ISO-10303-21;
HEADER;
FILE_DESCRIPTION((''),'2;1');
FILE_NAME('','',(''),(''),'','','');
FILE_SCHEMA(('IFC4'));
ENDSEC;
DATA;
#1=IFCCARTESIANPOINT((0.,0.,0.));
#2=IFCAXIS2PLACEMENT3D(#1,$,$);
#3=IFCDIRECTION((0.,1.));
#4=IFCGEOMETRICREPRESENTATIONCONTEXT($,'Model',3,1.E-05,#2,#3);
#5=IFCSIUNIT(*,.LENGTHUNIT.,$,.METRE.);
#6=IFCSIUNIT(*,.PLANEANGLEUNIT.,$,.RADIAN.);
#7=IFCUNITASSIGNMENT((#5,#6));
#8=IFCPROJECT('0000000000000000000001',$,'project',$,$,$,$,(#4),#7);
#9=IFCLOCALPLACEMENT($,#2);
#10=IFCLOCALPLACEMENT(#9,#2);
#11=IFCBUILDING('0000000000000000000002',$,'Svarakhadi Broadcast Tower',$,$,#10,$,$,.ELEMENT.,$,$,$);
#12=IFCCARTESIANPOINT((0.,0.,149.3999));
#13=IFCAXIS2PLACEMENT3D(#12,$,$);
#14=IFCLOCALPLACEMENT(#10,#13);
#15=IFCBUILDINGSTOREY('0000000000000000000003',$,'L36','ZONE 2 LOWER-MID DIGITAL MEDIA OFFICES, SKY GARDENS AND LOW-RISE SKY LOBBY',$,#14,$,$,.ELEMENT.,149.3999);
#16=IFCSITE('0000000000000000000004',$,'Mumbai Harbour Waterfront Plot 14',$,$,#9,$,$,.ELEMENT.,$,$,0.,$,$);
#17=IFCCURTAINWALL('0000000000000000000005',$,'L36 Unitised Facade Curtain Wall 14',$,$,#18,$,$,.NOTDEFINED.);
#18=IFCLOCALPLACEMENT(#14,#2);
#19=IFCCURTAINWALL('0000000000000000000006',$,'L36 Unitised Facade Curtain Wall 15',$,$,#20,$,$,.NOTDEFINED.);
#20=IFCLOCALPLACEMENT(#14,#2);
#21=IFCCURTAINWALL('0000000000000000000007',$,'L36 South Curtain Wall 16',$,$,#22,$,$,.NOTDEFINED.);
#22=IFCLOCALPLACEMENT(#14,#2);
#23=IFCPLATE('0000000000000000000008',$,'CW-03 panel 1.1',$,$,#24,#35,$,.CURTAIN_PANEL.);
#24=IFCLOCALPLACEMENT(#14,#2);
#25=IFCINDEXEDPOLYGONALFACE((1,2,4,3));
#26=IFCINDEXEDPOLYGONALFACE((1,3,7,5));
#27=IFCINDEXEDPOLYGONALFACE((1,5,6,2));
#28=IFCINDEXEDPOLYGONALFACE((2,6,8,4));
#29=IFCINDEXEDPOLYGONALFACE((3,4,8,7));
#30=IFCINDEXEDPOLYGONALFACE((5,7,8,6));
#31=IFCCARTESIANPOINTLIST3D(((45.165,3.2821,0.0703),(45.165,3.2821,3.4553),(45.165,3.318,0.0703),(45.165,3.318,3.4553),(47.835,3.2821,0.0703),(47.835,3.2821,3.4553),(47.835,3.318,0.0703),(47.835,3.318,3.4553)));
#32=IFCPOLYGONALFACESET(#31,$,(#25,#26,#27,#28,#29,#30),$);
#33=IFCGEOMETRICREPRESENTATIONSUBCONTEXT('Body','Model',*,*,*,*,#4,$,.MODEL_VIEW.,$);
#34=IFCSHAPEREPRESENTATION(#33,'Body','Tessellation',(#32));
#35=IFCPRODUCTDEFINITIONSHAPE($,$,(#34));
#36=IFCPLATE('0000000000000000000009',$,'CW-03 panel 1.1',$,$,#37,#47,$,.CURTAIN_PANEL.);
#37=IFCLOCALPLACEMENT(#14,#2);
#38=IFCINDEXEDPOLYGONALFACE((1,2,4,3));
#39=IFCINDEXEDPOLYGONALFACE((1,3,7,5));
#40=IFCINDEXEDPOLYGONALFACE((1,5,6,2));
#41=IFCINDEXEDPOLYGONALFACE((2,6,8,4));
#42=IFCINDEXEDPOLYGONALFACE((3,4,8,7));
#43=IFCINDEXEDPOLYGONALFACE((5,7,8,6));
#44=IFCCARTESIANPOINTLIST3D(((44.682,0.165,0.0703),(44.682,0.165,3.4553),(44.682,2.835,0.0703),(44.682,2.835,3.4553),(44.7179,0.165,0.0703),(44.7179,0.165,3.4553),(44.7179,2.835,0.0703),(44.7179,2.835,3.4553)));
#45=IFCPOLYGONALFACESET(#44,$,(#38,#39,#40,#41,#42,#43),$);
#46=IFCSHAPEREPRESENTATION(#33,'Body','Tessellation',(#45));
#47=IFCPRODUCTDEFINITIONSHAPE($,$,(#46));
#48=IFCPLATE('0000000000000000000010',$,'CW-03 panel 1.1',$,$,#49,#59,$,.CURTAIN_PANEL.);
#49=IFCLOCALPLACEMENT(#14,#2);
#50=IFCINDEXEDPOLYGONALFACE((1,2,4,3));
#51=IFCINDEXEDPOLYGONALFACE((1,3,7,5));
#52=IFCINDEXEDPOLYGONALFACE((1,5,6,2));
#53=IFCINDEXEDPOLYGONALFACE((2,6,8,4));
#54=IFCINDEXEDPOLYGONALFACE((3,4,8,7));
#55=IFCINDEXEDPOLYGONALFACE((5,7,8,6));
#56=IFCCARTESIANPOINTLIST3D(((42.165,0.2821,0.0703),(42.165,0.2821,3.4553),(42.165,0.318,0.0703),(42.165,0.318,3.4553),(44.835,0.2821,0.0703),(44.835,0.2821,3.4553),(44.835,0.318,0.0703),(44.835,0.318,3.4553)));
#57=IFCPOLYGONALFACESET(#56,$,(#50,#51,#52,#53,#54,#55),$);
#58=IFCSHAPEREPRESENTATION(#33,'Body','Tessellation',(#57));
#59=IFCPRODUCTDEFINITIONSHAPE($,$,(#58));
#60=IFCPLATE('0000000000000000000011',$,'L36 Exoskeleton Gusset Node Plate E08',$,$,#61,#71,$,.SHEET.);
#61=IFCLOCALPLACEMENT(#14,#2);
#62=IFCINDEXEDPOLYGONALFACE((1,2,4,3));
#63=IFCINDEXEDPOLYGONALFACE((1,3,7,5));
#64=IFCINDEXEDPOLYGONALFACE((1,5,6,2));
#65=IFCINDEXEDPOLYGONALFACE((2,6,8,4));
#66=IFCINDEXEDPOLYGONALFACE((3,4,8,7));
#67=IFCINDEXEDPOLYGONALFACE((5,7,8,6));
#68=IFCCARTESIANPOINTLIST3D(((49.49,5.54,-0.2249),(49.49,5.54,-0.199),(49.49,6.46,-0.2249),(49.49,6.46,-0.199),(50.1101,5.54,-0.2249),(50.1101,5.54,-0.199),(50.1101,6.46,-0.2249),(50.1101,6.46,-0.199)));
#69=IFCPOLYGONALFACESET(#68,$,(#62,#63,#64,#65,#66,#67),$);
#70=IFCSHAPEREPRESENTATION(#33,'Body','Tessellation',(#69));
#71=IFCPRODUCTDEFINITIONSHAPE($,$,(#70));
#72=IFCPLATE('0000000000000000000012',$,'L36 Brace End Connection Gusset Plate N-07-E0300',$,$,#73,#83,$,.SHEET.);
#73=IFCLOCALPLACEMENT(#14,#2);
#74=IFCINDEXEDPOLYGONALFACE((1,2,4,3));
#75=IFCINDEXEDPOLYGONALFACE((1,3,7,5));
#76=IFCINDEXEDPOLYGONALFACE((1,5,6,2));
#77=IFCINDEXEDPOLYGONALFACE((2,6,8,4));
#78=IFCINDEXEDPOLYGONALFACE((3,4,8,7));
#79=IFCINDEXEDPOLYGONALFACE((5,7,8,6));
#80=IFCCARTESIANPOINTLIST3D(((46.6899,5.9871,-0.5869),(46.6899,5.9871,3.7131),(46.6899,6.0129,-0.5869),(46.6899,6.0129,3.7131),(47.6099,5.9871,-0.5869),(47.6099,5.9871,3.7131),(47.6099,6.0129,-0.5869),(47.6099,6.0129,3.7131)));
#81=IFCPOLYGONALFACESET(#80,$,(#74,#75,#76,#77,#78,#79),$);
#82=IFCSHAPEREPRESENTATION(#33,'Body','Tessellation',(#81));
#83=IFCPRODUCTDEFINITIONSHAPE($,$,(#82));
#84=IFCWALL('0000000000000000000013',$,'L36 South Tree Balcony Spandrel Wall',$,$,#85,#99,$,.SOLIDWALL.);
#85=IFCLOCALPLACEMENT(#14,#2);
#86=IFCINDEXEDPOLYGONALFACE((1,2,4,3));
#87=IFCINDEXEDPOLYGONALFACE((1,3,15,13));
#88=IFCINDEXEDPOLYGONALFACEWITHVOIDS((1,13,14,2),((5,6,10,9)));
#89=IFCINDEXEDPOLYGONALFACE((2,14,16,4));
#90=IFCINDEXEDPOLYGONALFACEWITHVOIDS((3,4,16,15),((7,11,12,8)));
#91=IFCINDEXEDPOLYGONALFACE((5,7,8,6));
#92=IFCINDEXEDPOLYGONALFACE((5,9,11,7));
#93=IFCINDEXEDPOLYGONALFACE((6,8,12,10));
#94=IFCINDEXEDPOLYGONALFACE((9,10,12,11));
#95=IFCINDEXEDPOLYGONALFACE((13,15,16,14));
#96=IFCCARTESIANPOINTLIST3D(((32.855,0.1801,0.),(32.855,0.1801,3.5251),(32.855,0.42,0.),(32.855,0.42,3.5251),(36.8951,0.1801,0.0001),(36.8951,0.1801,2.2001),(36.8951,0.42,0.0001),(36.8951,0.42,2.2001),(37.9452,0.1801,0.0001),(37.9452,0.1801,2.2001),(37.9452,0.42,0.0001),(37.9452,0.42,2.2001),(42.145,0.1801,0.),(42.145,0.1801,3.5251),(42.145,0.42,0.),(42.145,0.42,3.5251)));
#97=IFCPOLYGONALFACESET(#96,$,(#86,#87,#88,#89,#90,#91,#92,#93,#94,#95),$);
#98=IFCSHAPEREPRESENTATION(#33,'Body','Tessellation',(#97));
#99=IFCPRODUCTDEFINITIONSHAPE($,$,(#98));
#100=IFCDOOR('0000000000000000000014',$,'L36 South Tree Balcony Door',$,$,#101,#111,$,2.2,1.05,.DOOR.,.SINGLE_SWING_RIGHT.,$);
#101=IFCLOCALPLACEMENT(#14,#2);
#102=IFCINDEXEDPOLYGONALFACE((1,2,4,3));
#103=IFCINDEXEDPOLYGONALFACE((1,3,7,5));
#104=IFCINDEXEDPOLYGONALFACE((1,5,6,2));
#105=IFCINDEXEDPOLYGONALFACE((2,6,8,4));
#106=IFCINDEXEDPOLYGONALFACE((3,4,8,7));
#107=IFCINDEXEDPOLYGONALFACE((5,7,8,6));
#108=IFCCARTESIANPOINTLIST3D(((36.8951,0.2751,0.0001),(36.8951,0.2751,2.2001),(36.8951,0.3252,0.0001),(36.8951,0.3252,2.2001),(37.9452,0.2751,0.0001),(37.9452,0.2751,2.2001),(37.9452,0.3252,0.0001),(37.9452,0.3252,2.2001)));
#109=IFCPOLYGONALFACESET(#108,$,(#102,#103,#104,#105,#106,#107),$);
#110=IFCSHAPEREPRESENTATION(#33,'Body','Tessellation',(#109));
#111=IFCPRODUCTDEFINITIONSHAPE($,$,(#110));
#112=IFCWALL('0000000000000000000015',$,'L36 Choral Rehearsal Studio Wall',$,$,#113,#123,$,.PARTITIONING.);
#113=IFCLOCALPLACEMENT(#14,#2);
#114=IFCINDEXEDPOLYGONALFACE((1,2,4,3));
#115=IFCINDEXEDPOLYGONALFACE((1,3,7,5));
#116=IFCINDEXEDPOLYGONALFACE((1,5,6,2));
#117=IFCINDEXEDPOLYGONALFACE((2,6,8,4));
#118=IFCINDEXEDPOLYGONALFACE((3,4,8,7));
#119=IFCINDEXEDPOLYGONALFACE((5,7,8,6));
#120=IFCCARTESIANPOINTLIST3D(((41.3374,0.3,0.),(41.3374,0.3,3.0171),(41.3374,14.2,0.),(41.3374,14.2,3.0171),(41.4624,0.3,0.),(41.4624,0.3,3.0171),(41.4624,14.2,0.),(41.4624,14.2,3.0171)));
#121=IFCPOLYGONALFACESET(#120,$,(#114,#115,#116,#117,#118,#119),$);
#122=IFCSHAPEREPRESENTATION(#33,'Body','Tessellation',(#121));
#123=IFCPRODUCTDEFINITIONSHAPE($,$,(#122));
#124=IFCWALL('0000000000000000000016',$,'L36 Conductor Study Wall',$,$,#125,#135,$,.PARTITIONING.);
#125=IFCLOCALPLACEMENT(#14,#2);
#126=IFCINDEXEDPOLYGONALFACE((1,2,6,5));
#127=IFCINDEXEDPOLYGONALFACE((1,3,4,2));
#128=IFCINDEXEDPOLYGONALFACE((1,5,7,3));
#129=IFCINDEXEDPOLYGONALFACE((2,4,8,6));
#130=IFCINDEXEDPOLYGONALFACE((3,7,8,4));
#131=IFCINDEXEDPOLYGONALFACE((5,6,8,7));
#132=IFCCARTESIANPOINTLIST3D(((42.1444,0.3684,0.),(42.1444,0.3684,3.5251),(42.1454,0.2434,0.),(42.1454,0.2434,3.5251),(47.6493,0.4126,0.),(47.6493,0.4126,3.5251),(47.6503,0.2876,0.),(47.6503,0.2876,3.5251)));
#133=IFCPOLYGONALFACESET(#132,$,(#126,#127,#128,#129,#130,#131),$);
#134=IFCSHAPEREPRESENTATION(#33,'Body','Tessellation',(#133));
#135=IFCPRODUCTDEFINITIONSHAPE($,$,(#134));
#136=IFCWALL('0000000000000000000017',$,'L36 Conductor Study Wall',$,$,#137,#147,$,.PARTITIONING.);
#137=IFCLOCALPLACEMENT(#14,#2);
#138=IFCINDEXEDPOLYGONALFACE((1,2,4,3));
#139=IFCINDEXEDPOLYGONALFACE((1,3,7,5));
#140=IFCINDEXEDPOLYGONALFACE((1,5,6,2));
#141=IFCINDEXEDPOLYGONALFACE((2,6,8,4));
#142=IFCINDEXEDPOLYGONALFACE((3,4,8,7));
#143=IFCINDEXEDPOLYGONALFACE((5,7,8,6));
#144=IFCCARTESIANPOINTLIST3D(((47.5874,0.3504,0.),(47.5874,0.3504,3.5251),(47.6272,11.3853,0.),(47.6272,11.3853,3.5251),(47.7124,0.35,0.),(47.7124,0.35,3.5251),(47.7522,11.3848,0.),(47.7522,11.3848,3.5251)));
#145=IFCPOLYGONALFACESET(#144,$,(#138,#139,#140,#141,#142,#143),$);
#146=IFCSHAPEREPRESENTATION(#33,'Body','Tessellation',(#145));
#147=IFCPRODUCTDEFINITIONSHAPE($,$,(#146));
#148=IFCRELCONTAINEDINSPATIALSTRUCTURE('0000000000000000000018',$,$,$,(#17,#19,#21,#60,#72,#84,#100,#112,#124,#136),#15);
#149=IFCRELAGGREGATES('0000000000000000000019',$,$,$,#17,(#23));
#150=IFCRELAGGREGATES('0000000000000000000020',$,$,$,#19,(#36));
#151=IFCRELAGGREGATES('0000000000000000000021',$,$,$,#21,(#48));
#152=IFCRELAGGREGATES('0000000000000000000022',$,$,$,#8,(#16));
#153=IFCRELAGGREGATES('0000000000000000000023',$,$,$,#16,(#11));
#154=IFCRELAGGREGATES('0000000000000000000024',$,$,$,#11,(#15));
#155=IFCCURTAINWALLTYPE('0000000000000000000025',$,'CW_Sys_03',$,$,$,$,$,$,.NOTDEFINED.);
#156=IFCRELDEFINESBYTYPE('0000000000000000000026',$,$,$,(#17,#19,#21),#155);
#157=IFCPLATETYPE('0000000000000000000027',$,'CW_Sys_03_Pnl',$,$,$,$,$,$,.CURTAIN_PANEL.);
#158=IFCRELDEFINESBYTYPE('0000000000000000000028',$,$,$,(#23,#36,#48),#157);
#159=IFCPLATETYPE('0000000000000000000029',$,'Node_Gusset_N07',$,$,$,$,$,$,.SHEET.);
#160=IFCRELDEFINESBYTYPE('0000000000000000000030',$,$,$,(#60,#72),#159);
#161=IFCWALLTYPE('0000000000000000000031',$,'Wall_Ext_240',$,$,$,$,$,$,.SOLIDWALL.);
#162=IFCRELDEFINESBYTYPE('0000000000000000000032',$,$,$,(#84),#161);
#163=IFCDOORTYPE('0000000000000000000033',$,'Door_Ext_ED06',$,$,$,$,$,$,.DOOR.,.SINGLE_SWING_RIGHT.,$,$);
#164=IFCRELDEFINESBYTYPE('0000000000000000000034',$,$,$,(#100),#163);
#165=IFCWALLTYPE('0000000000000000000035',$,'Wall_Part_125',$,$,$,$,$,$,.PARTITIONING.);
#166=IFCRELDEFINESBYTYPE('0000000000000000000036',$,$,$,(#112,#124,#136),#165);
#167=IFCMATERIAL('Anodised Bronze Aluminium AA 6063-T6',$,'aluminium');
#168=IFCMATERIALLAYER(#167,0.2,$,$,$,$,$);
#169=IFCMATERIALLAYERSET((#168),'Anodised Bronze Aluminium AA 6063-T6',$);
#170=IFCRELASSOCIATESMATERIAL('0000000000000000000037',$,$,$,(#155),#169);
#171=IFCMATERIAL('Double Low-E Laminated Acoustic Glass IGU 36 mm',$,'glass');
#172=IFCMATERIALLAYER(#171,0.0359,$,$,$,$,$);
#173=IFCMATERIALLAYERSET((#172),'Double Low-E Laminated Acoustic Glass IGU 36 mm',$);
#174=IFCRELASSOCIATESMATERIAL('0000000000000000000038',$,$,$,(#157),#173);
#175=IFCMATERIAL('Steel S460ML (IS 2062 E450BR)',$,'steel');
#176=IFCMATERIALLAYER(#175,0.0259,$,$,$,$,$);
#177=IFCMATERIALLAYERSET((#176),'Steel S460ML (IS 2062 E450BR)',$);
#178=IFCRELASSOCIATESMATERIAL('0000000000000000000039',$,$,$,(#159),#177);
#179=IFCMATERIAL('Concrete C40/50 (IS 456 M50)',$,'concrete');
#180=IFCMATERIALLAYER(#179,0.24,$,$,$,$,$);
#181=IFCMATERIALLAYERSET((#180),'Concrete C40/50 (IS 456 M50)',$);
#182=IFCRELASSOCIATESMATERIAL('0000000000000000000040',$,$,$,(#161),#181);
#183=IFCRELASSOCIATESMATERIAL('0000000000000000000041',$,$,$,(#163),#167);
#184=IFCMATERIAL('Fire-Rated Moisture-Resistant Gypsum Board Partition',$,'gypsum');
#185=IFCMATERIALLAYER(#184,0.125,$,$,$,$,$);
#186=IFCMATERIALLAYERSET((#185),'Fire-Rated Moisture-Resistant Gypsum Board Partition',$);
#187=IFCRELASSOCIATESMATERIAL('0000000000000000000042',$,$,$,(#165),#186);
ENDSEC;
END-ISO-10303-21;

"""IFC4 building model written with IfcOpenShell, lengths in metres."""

from ifc_helpers import new_model, si_unit, direction, frame, frame_2d, origin, origin_2d, place, context, subcontext, project, spatial, rectangle, extrude, material, layer, layer_set, type_object, element, fill, aggregate, save


model = new_model("IFC4")

# Units and contexts
model_context = context("Model", 3, precision=1e-05, world=origin(), true_north=direction((0.0, 1.0)))
body_context = subcontext(model_context, "Body", "Model", "MODEL_VIEW")
ifc_project = project(units=[si_unit("LENGTHUNIT", "METRE"), si_unit("PLANEANGLEUNIT", "RADIAN")], contexts=[model_context])

# Site, building, storey
site_placement = place(None, origin())
site = spatial("IfcSite", under=ifc_project, at=site_placement, Name="Mumbai Harbour Waterfront Plot 14", CompositionType="ELEMENT", RefElevation=0.0)
building_placement = place(site_placement, origin())
building = spatial("IfcBuilding", under=site, at=building_placement, Name="Svarakhadi Broadcast Tower", CompositionType="ELEMENT")
storey_placement = place(building_placement, frame((0.0, 0.0, 149.3999)))
storey = spatial("IfcBuildingStorey", under=building, at=storey_placement, Name="L36", Description="ZONE 2 LOWER-MID DIGITAL MEDIA OFFICES, SKY GARDENS AND LOW-RISE SKY LOBBY", CompositionType="ELEMENT", Elevation=149.3999)

# Shared definitions
ifc_material_1 = material(Name="Steel S460ML (IS 2062 E450BR)", Category="steel")

# Curtain walls
ifc_material_2 = material(Name="Anodised Bronze Aluminium AA 6063-T6", Category="aluminium")
ifc_layer_1 = layer(ifc_material_2, 0.2)
ifc_layer_set_1 = layer_set([ifc_layer_1], Name="Anodised Bronze Aluminium AA 6063-T6")
curtain_wall_type = type_object("IfcCurtainWallType", Name="CW_Sys_03", PredefinedType="NOTDEFINED", material=ifc_layer_set_1)
curtain_wall_1_placement = place(storey_placement, origin())
curtain_wall_1 = element("IfcCurtainWall", 1, at=curtain_wall_1_placement, inside=storey, type_object=curtain_wall_type, Name="L36 Unitised Facade Curtain Wall 14", PredefinedType="NOTDEFINED")
curtain_wall_2_placement = place(storey_placement, origin())
curtain_wall_2 = element("IfcCurtainWall", 2, at=curtain_wall_2_placement, inside=storey, type_object=curtain_wall_type, Name="L36 Unitised Facade Curtain Wall 15", PredefinedType="NOTDEFINED")
curtain_wall_3_placement = place(storey_placement, origin())
curtain_wall_3 = element("IfcCurtainWall", 3, at=curtain_wall_3_placement, inside=storey, type_object=curtain_wall_type, Name="L36 South Curtain Wall 16", PredefinedType="NOTDEFINED")

# Plates
ifc_material_3 = material(Name="Double Low-E Laminated Acoustic Glass IGU 36 mm", Category="glass")
ifc_layer_2 = layer(ifc_material_3, 0.0359)
ifc_layer_set_2 = layer_set([ifc_layer_2], Name="Double Low-E Laminated Acoustic Glass IGU 36 mm")
plate_type_1 = type_object("IfcPlateType", Name="CW_Sys_03_Pnl", PredefinedType="CURTAIN_PANEL", material=ifc_layer_set_2)
plate_1_placement = place(storey_placement, frame((46.5, 3.3, 0.0703), z_axis=(0.0, 0.0, 1.0), x_axis=(-1.0, 0.0, 0.0)))
plate_1 = element("IfcPlate", 4, at=plate_1_placement, type_object=plate_type_1, Name="CW-03 panel 1.1", PredefinedType="CURTAIN_PANEL", context=body_context, shape_type="SweptSolid", body=[
    extrude(rectangle(XDim=2.6699, YDim=0.0359, at=origin_2d()), origin(), (0.0, 0.0, 1.0), 3.385),
])
aggregate(curtain_wall_1, [plate_1])
plate_2_placement = place(storey_placement, frame((44.7, 1.5, 0.0703), z_axis=(0.0, 0.0, 1.0), x_axis=(0.0, -1.0, 0.0)))
plate_2 = element("IfcPlate", 5, at=plate_2_placement, type_object=plate_type_1, Name="CW-03 panel 1.1", PredefinedType="CURTAIN_PANEL", context=body_context, shape_type="SweptSolid", body=[
    extrude(rectangle(XDim=2.6699, YDim=0.0359, at=origin_2d()), origin(), (0.0, 0.0, 1.0), 3.385),
])
aggregate(curtain_wall_2, [plate_2])
plate_3_placement = place(storey_placement, frame((43.5, 0.3, 0.0703), z_axis=(0.0, 0.0, 1.0), x_axis=(-1.0, 0.0, 0.0)))
plate_3 = element("IfcPlate", 6, at=plate_3_placement, type_object=plate_type_1, Name="CW-03 panel 1.1", PredefinedType="CURTAIN_PANEL", context=body_context, shape_type="SweptSolid", body=[
    extrude(rectangle(XDim=2.6699, YDim=0.0359, at=origin_2d()), origin(), (0.0, 0.0, 1.0), 3.385),
])
aggregate(curtain_wall_3, [plate_3])

# Plates
ifc_layer_3 = layer(ifc_material_1, 0.0259)
ifc_layer_set_3 = layer_set([ifc_layer_3], Name="Steel S460ML (IS 2062 E450BR)")
plate_type_2 = type_object("IfcPlateType", Name="Node_Gusset_N07", PredefinedType="SHEET", material=ifc_layer_set_3)
plate_4_placement = place(storey_placement, frame((49.8, 6.0, -0.2249), z_axis=(0.0, 0.0, 1.0), x_axis=(0.0, 1.0, 0.0)))
element("IfcPlate", 7, at=plate_4_placement, inside=storey, type_object=plate_type_2, Name="L36 Exoskeleton Gusset Node Plate E08", PredefinedType="SHEET", context=body_context, shape_type="SweptSolid", body=[
    extrude(rectangle(XDim=0.9199, YDim=0.6201, at=origin_2d()), origin(), (0.0, 0.0, 1.0), 0.0259),
])
plate_5_placement = place(storey_placement, frame((47.1499, 6.0, -0.5869), z_axis=(0.0, 0.0, 1.0), x_axis=(1.0, 0.0, 0.0)))
element("IfcPlate", 8, at=plate_5_placement, inside=storey, type_object=plate_type_2, Name="L36 Brace End Connection Gusset Plate N-07-E0300", PredefinedType="SHEET", context=body_context, shape_type="SweptSolid", body=[
    extrude(rectangle(XDim=0.9199, YDim=0.0259, at=origin_2d()), origin(), (0.0, 0.0, 1.0), 4.3),
])

# Wall, opening, door
ifc_material_4 = material(Name="Concrete C40/50 (IS 456 M50)", Category="concrete")
ifc_layer_4 = layer(ifc_material_4, 0.24)
ifc_layer_set_4 = layer_set([ifc_layer_4], Name="Concrete C40/50 (IS 456 M50)")
wall_type_1 = type_object("IfcWallType", Name="Wall_Ext_240", PredefinedType="SOLIDWALL", material=ifc_layer_set_4)
wall_1_placement = place(storey_placement, frame((42.145, 0.3, 0.0), z_axis=(0.0, 0.0, 1.0), x_axis=(-1.0, 0.0, 0.0)))
wall_1 = element("IfcWall", 9, at=wall_1_placement, inside=storey, type_object=wall_type_1, Name="L36 South Tree Balcony Spandrel Wall", PredefinedType="SOLIDWALL", context=body_context, shape_type="SweptSolid", body=[
    extrude(rectangle(XDim=9.29, YDim=0.24, at=frame_2d((4.645, 0.0))), origin(), (0.0, 0.0, 1.0), 3.5251),
])
opening_placement = place(wall_1_placement, frame((4.2, 0.0, 0.0)))
opening = element("IfcOpeningElement", 10, at=opening_placement, cuts=wall_1, PredefinedType="OPENING", context=body_context, shape_type="SweptSolid", body=[
    extrude(rectangle(XDim=1.05, YDim=2.2, at=frame_2d((0.5249, 1.1001))), frame((0.0, 0.1299, 0.0), z_axis=(0.0, -1.0, 0.0), x_axis=(1.0, 0.0, 0.0)), (0.0, 0.0, 1.0), 0.26),
])
door_type = type_object("IfcDoorType", Name="Door_Ext_ED06", OperationType="SINGLE_SWING_RIGHT", PredefinedType="DOOR", material=ifc_material_2)
door_placement = place(opening_placement, origin())
door = element("IfcDoor", 11, at=door_placement, inside=storey, type_object=door_type, Name="L36 South Tree Balcony Door", OperationType="SINGLE_SWING_RIGHT", OverallHeight=2.2, OverallWidth=1.05, PredefinedType="DOOR", context=body_context, shape_type="SweptSolid", body=[
    extrude(rectangle(XDim=1.05, YDim=2.2, at=frame_2d((0.5249, 1.1001))), frame((0.0, 0.0249, 0.0), z_axis=(0.0, -1.0, 0.0), x_axis=(1.0, 0.0, 0.0)), (0.0, 0.0, 1.0), 0.05),
])
fill(opening, door)

# Walls
ifc_material_5 = material(Name="Fire-Rated Moisture-Resistant Gypsum Board Partition", Category="gypsum")
ifc_layer_5 = layer(ifc_material_5, 0.125)
ifc_layer_set_5 = layer_set([ifc_layer_5], Name="Fire-Rated Moisture-Resistant Gypsum Board Partition")
wall_type_2 = type_object("IfcWallType", Name="Wall_Part_125", PredefinedType="PARTITIONING", material=ifc_layer_set_5)
wall_2_placement = place(storey_placement, frame((41.3999, 0.3, 0.0), z_axis=(0.0, 0.0, 1.0), x_axis=(0.0, 1.0, 0.0)))
element("IfcWall", 12, at=wall_2_placement, inside=storey, type_object=wall_type_2, Name="L36 Choral Rehearsal Studio Wall", PredefinedType="PARTITIONING", context=body_context, shape_type="SweptSolid", body=[
    extrude(rectangle(XDim=13.8999, YDim=0.125, at=frame_2d((6.95, 0.0))), origin(), (0.0, 0.0, 1.0), 3.0171),
])
wall_3_placement = place(storey_placement, frame((42.145, 0.3059, 0.0), z_axis=(0.0, 0.0, 1.0), x_axis=(0.999968, 0.008027, 0.0)))
element("IfcWall", 13, at=wall_3_placement, inside=storey, type_object=wall_type_2, Name="L36 Conductor Study Wall", PredefinedType="PARTITIONING", context=body_context, shape_type="SweptSolid", body=[
    extrude(rectangle(XDim=5.5051, YDim=0.125, at=frame_2d((2.7524, 0.0))), origin(), (0.0, 0.0, 1.0), 3.5251),
])
wall_4_placement = place(storey_placement, frame((47.6499, 0.3501, 0.0), z_axis=(0.0, 0.0, 1.0), x_axis=(0.003606, 0.999993, 0.0)))
element("IfcWall", 14, at=wall_4_placement, inside=storey, type_object=wall_type_2, Name="L36 Conductor Study Wall", PredefinedType="PARTITIONING", context=body_context, shape_type="SweptSolid", body=[
    extrude(rectangle(XDim=11.0349, YDim=0.125, at=frame_2d((5.5176, 0.0))), origin(), (0.0, 0.0, 1.0), 3.5251),
])

save(model, "model.ifc")
